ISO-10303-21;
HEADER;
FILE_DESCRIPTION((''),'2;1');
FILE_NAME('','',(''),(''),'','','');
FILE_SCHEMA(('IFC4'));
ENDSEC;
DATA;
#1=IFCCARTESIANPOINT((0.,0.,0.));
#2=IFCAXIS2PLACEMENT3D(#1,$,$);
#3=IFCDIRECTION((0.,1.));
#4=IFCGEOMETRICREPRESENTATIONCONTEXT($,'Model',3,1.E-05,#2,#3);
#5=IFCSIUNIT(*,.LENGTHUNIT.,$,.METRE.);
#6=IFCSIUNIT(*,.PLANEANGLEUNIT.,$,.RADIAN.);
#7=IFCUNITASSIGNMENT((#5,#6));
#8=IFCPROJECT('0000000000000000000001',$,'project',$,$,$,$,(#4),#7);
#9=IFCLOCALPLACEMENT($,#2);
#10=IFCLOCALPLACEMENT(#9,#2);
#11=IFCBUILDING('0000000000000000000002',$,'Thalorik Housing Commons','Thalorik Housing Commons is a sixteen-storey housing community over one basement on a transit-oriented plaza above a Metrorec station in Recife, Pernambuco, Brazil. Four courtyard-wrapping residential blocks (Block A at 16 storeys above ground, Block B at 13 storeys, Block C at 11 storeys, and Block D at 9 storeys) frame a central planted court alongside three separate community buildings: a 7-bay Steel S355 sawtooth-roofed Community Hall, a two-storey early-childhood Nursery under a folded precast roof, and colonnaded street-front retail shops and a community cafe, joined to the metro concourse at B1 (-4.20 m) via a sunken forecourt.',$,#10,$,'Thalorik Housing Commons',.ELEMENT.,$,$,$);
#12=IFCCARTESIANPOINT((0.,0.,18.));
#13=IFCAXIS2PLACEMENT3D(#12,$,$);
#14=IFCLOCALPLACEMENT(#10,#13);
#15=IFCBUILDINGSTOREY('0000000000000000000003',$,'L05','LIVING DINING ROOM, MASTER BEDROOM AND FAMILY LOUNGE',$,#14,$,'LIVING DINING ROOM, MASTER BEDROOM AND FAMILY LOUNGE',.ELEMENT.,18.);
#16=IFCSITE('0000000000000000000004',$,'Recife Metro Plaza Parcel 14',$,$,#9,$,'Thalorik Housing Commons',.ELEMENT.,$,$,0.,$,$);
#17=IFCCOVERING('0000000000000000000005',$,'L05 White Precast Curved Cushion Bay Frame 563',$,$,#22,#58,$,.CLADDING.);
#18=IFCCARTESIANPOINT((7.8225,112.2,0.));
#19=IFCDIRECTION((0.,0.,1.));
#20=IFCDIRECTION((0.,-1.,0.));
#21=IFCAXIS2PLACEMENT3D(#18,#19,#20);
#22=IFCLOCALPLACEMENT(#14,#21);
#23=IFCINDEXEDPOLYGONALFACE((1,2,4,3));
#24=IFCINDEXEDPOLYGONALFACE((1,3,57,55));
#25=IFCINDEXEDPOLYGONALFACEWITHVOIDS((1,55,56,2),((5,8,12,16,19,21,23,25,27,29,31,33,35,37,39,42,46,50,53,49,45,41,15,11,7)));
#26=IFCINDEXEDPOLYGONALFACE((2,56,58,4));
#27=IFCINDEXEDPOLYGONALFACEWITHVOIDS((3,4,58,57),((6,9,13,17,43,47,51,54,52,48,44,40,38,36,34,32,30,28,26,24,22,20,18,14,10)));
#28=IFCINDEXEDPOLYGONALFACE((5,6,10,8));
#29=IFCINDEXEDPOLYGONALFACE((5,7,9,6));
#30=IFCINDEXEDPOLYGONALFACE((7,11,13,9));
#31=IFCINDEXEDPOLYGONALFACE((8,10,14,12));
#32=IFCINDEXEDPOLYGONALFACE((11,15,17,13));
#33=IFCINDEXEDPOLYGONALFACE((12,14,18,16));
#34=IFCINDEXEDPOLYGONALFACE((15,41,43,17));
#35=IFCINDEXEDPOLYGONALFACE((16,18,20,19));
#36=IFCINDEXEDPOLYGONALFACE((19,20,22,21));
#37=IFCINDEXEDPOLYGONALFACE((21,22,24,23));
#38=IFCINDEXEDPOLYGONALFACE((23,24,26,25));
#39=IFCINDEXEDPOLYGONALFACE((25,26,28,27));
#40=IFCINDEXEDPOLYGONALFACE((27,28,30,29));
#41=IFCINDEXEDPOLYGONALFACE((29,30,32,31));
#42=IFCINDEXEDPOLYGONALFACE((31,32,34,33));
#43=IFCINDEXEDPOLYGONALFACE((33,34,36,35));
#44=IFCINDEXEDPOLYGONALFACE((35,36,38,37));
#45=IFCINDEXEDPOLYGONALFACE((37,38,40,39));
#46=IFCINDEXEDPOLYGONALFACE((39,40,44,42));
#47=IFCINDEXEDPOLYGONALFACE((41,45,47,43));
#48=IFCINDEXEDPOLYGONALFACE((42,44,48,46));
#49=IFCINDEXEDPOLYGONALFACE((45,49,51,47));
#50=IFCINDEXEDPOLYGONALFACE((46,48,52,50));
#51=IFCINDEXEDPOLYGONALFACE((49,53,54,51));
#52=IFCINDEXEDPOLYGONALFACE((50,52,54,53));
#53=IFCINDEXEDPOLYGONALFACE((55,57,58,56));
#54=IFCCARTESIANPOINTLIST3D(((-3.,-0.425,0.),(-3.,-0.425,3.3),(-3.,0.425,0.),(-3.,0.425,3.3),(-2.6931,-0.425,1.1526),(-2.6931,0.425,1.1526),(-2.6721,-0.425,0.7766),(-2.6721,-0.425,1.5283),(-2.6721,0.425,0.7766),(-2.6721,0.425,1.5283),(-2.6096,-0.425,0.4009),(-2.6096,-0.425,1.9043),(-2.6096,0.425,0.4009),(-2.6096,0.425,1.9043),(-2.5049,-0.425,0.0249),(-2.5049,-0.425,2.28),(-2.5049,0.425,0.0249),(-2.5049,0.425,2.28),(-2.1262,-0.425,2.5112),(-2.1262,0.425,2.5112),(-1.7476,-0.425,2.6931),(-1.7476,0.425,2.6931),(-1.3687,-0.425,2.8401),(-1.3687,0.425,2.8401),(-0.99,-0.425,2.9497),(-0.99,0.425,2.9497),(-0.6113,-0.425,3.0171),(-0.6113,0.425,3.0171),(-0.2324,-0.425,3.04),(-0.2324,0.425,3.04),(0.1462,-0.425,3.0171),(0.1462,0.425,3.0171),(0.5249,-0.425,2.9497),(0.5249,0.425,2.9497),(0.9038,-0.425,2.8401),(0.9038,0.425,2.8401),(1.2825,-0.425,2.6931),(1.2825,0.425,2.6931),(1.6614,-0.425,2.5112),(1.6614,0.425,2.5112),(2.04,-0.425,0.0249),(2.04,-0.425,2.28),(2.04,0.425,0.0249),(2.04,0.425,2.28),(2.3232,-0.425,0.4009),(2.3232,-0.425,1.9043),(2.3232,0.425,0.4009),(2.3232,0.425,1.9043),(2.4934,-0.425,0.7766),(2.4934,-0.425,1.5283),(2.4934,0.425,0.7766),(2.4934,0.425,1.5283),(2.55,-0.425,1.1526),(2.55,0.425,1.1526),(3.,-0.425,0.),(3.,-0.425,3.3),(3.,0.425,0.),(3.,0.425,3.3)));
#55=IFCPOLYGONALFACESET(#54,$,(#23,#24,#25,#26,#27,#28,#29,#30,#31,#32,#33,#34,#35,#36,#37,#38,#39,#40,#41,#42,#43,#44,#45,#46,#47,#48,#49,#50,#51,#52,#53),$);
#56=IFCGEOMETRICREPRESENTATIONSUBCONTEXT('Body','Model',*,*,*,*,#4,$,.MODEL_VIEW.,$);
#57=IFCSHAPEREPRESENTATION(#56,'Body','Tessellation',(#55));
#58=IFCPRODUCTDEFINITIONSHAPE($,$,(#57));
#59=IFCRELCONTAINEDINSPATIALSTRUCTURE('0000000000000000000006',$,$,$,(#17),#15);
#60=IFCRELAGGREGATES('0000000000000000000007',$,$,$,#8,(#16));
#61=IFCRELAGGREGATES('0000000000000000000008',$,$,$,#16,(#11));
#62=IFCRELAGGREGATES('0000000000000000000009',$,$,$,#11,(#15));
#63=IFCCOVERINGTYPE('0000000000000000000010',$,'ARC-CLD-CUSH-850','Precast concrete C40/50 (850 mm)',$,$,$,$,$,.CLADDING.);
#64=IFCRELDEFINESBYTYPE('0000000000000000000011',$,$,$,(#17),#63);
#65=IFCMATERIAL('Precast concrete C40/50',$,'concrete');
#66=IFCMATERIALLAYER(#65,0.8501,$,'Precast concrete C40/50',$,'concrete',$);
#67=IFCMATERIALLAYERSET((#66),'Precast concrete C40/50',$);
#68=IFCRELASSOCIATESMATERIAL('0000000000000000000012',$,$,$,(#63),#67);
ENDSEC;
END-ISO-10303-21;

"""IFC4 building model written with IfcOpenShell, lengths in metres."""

from ifc_helpers import new_model, si_unit, direction, frame, origin, place, context, subcontext, project, spatial, polyline, outline, extrude, material, layer, layer_set, type_object, element, save


model = new_model("IFC4")

# Units and contexts
model_context = context("Model", 3, precision=1e-05, world=origin(), true_north=direction((0.0, 1.0)))
body_context = subcontext(model_context, "Body", "Model", "MODEL_VIEW")
ifc_project = project(units=[si_unit("LENGTHUNIT", "METRE"), si_unit("PLANEANGLEUNIT", "RADIAN")], contexts=[model_context])

# Site, building, storey
site_placement = place(None, origin())
site = spatial("IfcSite", under=ifc_project, at=site_placement, Name="Recife Metro Plaza Parcel 14", LongName="Thalorik Housing Commons", CompositionType="ELEMENT", RefElevation=0.0)
building_placement = place(site_placement, origin())
building = spatial("IfcBuilding", under=site, at=building_placement, Name="Thalorik Housing Commons", Description="Thalorik Housing Commons is a sixteen-storey housing community over one basement on a transit-oriented plaza above a Metrorec station in Recife, Pernambuco, Brazil. Four courtyard-wrapping residential blocks (Block A at 16 storeys above ground, Block B at 13 storeys, Block C at 11 storeys, and Block D at 9 storeys) frame a central planted court alongside three separate community buildings: a 7-bay Steel S355 sawtooth-roofed Community Hall, a two-storey early-childhood Nursery under a folded precast roof, and colonnaded street-front retail shops and a community cafe, joined to the metro concourse at B1 (-4.20 m) via a sunken forecourt.", LongName="Thalorik Housing Commons", CompositionType="ELEMENT")
storey_placement = place(building_placement, frame((0.0, 0.0, 18.0)))
storey = spatial("IfcBuildingStorey", under=building, at=storey_placement, Name="L05", Description="LIVING DINING ROOM, MASTER BEDROOM AND FAMILY LOUNGE", LongName="LIVING DINING ROOM, MASTER BEDROOM AND FAMILY LOUNGE", CompositionType="ELEMENT", Elevation=18.0)

# Shared definitions
ifc_material_1 = material(Name="Precast concrete C40/50", Category="concrete")

# Covering
ifc_layer_1 = layer(ifc_material_1, 0.8501, Name="Precast concrete C40/50", Category="concrete")
ifc_layer_set_1 = layer_set([ifc_layer_1], Name="Precast concrete C40/50")
covering_type_1 = type_object("IfcCoveringType", Name="ARC-CLD-CUSH-850", Description="Precast concrete C40/50 (850 mm)", PredefinedType="CLADDING", material=ifc_layer_set_1)
covering_1_placement = place(storey_placement, frame((7.8225, 112.2, 0.0), z_axis=(0.0, 0.0, 1.0), x_axis=(0.0, -1.0, 0.0)))
element("IfcCovering", 1, at=covering_1_placement, inside=storey, type_object=covering_type_1, Name="L05 White Precast Curved Cushion Bay Frame 563", PredefinedType="CLADDING", context=body_context, shape_type="SweptSolid", body=[
    extrude(outline(polyline([(-3.0, 0.0), (3.0, 0.0), (3.0, 3.3), (-3.0, 3.3), (-3.0, 0.0)]), holes=[polyline([(2.04, 0.0249), (2.3232, 0.4009), (2.4934, 0.7766), (2.55, 1.1526), (2.4934, 1.5283), (2.3232, 1.9043), (2.04, 2.28), (1.6614, 2.5112), (1.2825, 2.6931), (0.9038, 2.8401), (0.5249, 2.9497), (0.1462, 3.0171), (-0.2324, 3.04), (-0.6113, 3.0171), (-0.99, 2.9497), (-1.3687, 2.8401), (-1.7476, 2.6931), (-2.1262, 2.5112), (-2.5049, 2.28), (-2.6096, 1.9043), (-2.6721, 1.5283), (-2.6931, 1.1526), (-2.6721, 0.7766), (-2.6096, 0.4009), (-2.5049, 0.0249), (2.04, 0.0249)])]), frame((0.0, 0.425, 0.0), z_axis=(0.0, -1.0, 0.0), x_axis=(1.0, 0.0, 0.0)), (0.0, 0.0, 1.0), 0.8501),
])

save(model, "model.ifc")
